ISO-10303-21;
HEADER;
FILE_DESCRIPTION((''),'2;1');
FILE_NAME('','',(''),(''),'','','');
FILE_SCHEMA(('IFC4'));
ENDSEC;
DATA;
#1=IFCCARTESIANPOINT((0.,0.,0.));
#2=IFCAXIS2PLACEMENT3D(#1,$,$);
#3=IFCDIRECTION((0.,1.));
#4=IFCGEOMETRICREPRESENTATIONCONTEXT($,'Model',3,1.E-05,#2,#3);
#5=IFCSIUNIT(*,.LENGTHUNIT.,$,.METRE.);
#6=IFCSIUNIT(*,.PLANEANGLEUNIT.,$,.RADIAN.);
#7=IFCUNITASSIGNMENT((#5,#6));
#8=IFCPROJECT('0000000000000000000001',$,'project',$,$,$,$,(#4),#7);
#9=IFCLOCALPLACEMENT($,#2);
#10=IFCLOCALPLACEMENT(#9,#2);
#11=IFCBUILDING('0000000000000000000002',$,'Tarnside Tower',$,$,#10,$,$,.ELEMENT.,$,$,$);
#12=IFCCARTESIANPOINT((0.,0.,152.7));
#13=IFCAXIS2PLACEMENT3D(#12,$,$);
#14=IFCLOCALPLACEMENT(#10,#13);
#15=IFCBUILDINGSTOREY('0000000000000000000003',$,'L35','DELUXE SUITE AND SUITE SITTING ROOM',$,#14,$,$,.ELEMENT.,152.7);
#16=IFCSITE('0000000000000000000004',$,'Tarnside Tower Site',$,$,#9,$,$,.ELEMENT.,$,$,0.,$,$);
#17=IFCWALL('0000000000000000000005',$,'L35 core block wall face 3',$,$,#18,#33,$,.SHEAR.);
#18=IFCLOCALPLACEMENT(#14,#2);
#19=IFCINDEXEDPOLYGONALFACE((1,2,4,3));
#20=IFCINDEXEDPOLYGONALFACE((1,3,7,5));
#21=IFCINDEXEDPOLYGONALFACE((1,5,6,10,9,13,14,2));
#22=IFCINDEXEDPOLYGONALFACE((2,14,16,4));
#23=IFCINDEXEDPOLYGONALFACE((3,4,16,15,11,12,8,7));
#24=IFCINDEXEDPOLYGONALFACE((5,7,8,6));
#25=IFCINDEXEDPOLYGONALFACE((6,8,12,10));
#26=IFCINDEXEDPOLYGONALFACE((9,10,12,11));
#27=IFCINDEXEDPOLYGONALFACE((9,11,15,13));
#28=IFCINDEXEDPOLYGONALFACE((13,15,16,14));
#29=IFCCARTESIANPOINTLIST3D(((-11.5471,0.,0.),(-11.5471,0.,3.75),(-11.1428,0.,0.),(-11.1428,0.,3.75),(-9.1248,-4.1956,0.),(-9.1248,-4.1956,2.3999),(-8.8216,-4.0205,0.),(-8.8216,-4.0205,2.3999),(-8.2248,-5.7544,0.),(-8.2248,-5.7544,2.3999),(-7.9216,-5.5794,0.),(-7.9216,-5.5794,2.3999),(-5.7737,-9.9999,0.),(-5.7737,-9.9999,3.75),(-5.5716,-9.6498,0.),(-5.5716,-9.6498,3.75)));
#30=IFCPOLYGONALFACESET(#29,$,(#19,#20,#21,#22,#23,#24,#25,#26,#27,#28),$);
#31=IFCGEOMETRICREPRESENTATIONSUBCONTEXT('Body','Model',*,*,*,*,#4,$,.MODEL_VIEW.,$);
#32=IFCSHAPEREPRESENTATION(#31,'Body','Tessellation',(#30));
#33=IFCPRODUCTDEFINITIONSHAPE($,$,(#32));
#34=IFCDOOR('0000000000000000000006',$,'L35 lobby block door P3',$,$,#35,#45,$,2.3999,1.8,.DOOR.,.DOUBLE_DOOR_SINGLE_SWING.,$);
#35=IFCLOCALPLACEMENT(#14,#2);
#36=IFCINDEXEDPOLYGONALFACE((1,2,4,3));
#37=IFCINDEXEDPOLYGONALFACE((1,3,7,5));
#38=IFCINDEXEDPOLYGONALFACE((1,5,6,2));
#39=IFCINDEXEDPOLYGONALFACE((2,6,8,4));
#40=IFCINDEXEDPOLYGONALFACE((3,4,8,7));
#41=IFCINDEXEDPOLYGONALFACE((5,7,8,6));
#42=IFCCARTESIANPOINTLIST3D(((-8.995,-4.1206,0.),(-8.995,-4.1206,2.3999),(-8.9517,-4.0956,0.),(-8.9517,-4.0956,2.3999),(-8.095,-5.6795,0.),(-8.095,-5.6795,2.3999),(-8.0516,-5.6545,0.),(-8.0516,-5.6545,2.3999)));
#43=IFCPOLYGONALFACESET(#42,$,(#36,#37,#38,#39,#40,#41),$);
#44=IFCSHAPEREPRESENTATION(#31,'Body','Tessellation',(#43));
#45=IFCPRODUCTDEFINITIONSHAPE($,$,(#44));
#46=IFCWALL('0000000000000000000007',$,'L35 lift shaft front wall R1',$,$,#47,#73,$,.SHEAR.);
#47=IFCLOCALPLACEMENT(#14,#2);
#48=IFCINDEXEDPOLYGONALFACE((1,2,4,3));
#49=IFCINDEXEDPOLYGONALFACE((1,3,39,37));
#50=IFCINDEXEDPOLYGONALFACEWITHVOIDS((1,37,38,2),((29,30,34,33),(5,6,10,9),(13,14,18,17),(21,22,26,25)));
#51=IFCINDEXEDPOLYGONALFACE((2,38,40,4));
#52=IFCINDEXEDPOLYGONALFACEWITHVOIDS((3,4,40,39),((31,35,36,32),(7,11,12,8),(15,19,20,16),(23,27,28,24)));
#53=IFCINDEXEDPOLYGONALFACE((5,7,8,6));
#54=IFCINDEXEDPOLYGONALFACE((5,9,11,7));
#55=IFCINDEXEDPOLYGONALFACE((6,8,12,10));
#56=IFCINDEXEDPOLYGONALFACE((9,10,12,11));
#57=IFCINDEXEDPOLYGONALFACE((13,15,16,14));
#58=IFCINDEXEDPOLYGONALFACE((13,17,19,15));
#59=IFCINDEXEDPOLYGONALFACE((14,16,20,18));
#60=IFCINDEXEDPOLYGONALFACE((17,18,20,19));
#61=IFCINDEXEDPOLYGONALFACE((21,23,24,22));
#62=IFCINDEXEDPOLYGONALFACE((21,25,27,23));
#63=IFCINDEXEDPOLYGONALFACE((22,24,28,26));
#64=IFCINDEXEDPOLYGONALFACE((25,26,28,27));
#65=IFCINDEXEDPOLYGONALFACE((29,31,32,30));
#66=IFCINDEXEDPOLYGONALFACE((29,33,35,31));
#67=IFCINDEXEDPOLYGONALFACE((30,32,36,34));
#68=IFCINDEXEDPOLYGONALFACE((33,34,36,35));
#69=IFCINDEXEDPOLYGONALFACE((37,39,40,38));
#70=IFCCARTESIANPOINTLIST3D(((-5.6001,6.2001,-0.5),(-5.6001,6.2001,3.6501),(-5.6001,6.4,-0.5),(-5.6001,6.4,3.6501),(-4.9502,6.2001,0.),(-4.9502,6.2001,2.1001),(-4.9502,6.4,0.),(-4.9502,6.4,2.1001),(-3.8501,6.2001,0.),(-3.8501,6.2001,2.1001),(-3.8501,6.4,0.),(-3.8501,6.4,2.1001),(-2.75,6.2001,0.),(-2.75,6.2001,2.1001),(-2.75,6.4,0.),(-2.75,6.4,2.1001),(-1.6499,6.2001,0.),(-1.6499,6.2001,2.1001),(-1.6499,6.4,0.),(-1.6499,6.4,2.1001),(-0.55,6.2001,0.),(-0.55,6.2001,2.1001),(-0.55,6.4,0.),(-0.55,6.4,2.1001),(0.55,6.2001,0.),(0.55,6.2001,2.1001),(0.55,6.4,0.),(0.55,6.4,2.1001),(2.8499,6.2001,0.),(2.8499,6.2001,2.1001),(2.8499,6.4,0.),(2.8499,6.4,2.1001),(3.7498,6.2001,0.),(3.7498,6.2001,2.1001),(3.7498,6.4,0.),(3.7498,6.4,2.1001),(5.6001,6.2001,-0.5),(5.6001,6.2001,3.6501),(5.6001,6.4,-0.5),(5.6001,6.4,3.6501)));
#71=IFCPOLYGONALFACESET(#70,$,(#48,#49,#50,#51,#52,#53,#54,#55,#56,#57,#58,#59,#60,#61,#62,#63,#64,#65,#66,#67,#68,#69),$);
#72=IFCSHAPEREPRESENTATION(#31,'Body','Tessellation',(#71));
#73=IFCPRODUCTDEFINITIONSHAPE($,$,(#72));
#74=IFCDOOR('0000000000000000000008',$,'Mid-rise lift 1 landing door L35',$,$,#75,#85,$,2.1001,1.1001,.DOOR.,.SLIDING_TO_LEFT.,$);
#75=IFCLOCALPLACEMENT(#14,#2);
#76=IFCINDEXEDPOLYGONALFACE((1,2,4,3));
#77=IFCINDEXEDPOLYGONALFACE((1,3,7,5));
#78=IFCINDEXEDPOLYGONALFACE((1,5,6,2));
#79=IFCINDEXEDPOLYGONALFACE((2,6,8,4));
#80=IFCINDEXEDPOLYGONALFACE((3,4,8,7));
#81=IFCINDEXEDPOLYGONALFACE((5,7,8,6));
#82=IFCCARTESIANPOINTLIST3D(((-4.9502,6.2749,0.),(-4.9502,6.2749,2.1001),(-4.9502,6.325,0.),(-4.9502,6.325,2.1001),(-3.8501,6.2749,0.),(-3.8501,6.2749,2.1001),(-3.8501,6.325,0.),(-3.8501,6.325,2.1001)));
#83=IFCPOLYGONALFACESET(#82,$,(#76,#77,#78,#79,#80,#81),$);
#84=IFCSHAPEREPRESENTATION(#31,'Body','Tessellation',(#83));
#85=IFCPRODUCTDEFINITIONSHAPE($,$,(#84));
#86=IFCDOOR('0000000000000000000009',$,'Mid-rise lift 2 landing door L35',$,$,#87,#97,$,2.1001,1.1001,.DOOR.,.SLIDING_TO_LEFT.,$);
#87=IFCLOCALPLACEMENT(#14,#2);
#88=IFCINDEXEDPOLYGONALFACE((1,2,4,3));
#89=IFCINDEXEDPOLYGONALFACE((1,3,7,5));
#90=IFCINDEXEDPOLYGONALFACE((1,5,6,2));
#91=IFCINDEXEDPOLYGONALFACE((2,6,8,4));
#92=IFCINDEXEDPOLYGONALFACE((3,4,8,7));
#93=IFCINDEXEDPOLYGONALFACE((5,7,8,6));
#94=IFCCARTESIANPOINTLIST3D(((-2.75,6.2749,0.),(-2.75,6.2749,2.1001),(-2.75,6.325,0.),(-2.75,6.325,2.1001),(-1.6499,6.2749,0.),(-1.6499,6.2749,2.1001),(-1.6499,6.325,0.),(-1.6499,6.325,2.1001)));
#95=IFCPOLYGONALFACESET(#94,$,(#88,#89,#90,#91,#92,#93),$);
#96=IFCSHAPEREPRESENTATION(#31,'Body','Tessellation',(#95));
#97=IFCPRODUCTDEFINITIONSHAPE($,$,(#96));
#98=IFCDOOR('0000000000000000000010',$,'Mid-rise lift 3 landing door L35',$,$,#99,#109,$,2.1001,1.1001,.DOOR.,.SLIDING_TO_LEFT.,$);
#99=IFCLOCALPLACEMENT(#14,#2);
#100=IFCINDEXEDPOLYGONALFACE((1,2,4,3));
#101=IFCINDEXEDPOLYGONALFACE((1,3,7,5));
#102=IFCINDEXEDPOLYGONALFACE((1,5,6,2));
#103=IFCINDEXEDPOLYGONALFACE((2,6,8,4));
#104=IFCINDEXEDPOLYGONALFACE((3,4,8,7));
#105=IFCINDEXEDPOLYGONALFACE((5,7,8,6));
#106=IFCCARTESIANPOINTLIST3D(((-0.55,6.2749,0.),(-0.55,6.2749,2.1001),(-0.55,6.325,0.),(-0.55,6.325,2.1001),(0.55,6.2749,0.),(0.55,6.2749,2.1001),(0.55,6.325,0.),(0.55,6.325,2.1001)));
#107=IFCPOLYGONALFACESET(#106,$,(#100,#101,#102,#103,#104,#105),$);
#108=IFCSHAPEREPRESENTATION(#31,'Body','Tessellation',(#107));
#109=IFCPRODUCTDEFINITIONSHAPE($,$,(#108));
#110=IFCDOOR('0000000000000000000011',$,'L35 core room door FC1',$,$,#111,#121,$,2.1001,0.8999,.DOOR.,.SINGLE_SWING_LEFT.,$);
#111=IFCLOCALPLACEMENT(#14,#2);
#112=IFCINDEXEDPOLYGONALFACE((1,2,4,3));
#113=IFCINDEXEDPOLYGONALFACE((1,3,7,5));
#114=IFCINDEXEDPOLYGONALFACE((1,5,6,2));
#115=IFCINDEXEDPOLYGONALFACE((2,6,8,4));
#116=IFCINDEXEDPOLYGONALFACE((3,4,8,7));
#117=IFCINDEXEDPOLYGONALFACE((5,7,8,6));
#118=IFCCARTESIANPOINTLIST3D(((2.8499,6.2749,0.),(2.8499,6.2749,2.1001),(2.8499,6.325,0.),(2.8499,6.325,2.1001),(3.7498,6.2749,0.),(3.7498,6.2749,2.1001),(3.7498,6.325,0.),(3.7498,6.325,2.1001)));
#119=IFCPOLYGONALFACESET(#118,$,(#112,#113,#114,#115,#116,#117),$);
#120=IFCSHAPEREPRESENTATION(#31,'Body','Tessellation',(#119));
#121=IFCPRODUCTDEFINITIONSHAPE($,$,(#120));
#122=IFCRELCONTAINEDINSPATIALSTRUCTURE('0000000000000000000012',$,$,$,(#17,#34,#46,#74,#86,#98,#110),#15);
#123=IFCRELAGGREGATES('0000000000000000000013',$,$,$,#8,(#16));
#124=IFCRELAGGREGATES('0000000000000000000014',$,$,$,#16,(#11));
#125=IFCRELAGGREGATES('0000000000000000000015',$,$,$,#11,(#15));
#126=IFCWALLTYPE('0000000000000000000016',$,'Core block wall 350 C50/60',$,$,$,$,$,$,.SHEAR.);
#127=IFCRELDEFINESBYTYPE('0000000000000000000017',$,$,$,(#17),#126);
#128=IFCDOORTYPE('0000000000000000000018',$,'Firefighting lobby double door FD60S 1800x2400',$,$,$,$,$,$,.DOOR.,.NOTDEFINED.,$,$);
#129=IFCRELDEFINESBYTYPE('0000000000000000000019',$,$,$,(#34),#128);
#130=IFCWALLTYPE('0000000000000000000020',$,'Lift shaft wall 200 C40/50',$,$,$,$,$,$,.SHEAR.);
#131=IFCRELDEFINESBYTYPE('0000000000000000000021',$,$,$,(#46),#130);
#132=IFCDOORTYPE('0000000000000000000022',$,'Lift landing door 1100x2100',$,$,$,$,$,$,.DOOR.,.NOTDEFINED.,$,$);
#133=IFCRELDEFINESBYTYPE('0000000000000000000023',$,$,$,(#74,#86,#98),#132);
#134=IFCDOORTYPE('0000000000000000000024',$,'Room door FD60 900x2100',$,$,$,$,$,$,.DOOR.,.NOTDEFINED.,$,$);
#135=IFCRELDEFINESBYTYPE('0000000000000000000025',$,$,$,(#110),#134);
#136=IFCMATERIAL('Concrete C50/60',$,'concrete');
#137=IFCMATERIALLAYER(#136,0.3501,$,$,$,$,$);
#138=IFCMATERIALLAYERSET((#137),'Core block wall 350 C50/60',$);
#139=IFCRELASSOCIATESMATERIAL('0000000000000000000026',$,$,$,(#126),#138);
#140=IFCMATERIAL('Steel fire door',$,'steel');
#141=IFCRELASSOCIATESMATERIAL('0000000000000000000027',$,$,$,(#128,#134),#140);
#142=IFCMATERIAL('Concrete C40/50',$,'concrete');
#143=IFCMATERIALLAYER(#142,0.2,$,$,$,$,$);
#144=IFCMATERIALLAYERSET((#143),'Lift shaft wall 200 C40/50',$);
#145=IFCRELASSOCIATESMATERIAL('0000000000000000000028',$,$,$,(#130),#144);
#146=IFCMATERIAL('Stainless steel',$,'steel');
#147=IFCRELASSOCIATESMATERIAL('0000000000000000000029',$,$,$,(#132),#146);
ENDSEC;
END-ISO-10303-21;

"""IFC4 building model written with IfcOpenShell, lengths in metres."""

from ifc_helpers import new_model, si_unit, direction, frame, frame_2d, origin, place, context, subcontext, project, spatial, polyline, rectangle, outline, extrude, material, layer, layer_set, type_object, element, fill, save


model = new_model("IFC4")

# Units and contexts
model_context = context("Model", 3, precision=1e-05, world=origin(), true_north=direction((0.0, 1.0)))
body_context = subcontext(model_context, "Body", "Model", "MODEL_VIEW")
ifc_project = project(units=[si_unit("LENGTHUNIT", "METRE"), si_unit("PLANEANGLEUNIT", "RADIAN")], contexts=[model_context])

# Site, building, storey
site_placement = place(None, origin())
site = spatial("IfcSite", under=ifc_project, at=site_placement, Name="Tarnside Tower Site", CompositionType="ELEMENT", RefElevation=0.0)
building_placement = place(site_placement, origin())
building = spatial("IfcBuilding", under=site, at=building_placement, Name="Tarnside Tower", CompositionType="ELEMENT")
storey_placement = place(building_placement, frame((0.0, 0.0, 152.7)))
storey = spatial("IfcBuildingStorey", under=building, at=storey_placement, Name="L35", Description="DELUXE SUITE AND SUITE SITTING ROOM", CompositionType="ELEMENT", Elevation=152.7)

# Wall, opening, door
ifc_material_1 = material(Name="Concrete C50/60", Category="concrete")
ifc_layer_1 = layer(ifc_material_1, 0.3501)
ifc_layer_set_1 = layer_set([ifc_layer_1], Name="Core block wall 350 C50/60")
wall_type_1 = type_object("IfcWallType", Name="Core block wall 350 C50/60", PredefinedType="SHEAR", material=ifc_layer_set_1)
wall_1_placement = place(storey_placement, frame((-11.345, 0.0, 0.0), z_axis=(0.0, 0.0, 1.0), x_axis=(0.499995, -0.866028, 0.0)))
wall_1 = element("IfcWall", 1, at=wall_1_placement, inside=storey, type_object=wall_type_1, Name="L35 core block wall face 3", PredefinedType="SHEAR", context=body_context, shape_type="SweptSolid", body=[
    extrude(outline(polyline([(-0.1011, -0.175), (11.4458, -0.175), (11.2437, 0.175), (0.1011, 0.175), (-0.1011, -0.175)])), origin(), (0.0, 0.0, 1.0), 3.75),
])
opening_1_placement = place(wall_1_placement, frame((4.7437, 0.0, 0.0)))
opening_1 = element("IfcOpeningElement", 2, at=opening_1_placement, cuts=wall_1, PredefinedType="OPENING", context=body_context, shape_type="SweptSolid", body=[
    extrude(rectangle(XDim=1.8, YDim=2.3999, at=frame_2d((0.8999, 1.2))), frame((0.0, 0.1851, 0.0), z_axis=(0.0, -1.0, 0.0), x_axis=(1.0, 0.0, 0.0)), (0.0, 0.0, 1.0), 0.3701),
])
ifc_material_2 = material(Name="Steel fire door", Category="steel")
door_type_1 = type_object("IfcDoorType", Name="Firefighting lobby double door FD60S 1800x2400", OperationType="NOTDEFINED", PredefinedType="DOOR", material=ifc_material_2)
door_1_placement = place(opening_1_placement, origin())
door_1 = element("IfcDoor", 3, at=door_1_placement, inside=storey, type_object=door_type_1, Name="L35 lobby block door P3", OperationType="DOUBLE_DOOR_SINGLE_SWING", OverallHeight=2.3999, OverallWidth=1.8, PredefinedType="DOOR", context=body_context, shape_type="SweptSolid", body=[
    extrude(rectangle(XDim=1.8, YDim=2.3999, at=frame_2d((0.8999, 1.2))), frame((0.0, 0.0249, 0.0), z_axis=(0.0, -1.0, 0.0), x_axis=(1.0, 0.0, 0.0)), (0.0, 0.0, 1.0), 0.05),
])
fill(opening_1, door_1)

# Wall, openings, doors
ifc_material_3 = material(Name="Concrete C40/50", Category="concrete")
ifc_layer_2 = layer(ifc_material_3, 0.2)
ifc_layer_set_2 = layer_set([ifc_layer_2], Name="Lift shaft wall 200 C40/50")
wall_type_2 = type_object("IfcWallType", Name="Lift shaft wall 200 C40/50", PredefinedType="SHEAR", material=ifc_layer_set_2)
wall_2_placement = place(storey_placement, frame((-5.6001, 6.3, -0.5), z_axis=(0.0, 0.0, 1.0), x_axis=(1.0, 0.0, 0.0)))
wall_2 = element("IfcWall", 4, at=wall_2_placement, inside=storey, type_object=wall_type_2, Name="L35 lift shaft front wall R1", PredefinedType="SHEAR", context=body_context, shape_type="SweptSolid", body=[
    extrude(rectangle(XDim=11.2002, YDim=0.2, at=frame_2d((5.6001, 0.0))), origin(), (0.0, 0.0, 1.0), 4.1501),
])
opening_2_placement = place(wall_2_placement, frame((8.45, 0.0, 0.5)))
opening_2 = element("IfcOpeningElement", 5, at=opening_2_placement, cuts=wall_2, PredefinedType="OPENING", context=body_context, shape_type="SweptSolid", body=[
    extrude(rectangle(XDim=0.8999, YDim=2.1001, at=frame_2d((0.45, 1.05))), frame((0.0, 0.1099, 0.0), z_axis=(0.0, -1.0, 0.0), x_axis=(1.0, 0.0, 0.0)), (0.0, 0.0, 1.0), 0.22),
])
opening_3_placement = place(wall_2_placement, frame((0.6499, 0.0, 0.5)))
opening_3 = element("IfcOpeningElement", 6, at=opening_3_placement, cuts=wall_2, PredefinedType="OPENING", context=body_context, shape_type="SweptSolid", body=[
    extrude(rectangle(XDim=1.1001, YDim=2.1001, at=frame_2d((0.55, 1.05))), frame((0.0, 0.1099, 0.0), z_axis=(0.0, -1.0, 0.0), x_axis=(1.0, 0.0, 0.0)), (0.0, 0.0, 1.0), 0.22),
])
opening_4_placement = place(wall_2_placement, frame((2.8501, 0.0, 0.5)))
opening_4 = element("IfcOpeningElement", 7, at=opening_4_placement, cuts=wall_2, PredefinedType="OPENING", context=body_context, shape_type="SweptSolid", body=[
    extrude(rectangle(XDim=1.1001, YDim=2.1001, at=frame_2d((0.55, 1.05))), frame((0.0, 0.1099, 0.0), z_axis=(0.0, -1.0, 0.0), x_axis=(1.0, 0.0, 0.0)), (0.0, 0.0, 1.0), 0.22),
])
opening_5_placement = place(wall_2_placement, frame((5.05, 0.0, 0.5)))
opening_5 = element("IfcOpeningElement", 8, at=opening_5_placement, cuts=wall_2, PredefinedType="OPENING", context=body_context, shape_type="SweptSolid", body=[
    extrude(rectangle(XDim=1.1001, YDim=2.1001, at=frame_2d((0.55, 1.05))), frame((0.0, 0.1099, 0.0), z_axis=(0.0, -1.0, 0.0), x_axis=(1.0, 0.0, 0.0)), (0.0, 0.0, 1.0), 0.22),
])
ifc_material_4 = material(Name="Stainless steel", Category="steel")
door_type_2 = type_object("IfcDoorType", Name="Lift landing door 1100x2100", OperationType="NOTDEFINED", PredefinedType="DOOR", material=ifc_material_4)
door_2_placement = place(opening_3_placement, origin())
door_2 = element("IfcDoor", 9, at=door_2_placement, inside=storey, type_object=door_type_2, Name="Mid-rise lift 1 landing door L35", OperationType="SLIDING_TO_LEFT", OverallHeight=2.1001, OverallWidth=1.1001, PredefinedType="DOOR", context=body_context, shape_type="SweptSolid", body=[
    extrude(rectangle(XDim=1.1001, YDim=2.1001, at=frame_2d((0.55, 1.05))), frame((0.0, 0.0249, 0.0), z_axis=(0.0, -1.0, 0.0), x_axis=(1.0, 0.0, 0.0)), (0.0, 0.0, 1.0), 0.05),
])
fill(opening_3, door_2)
door_3_placement = place(opening_4_placement, origin())
door_3 = element("IfcDoor", 10, at=door_3_placement, inside=storey, type_object=door_type_2, Name="Mid-rise lift 2 landing door L35", OperationType="SLIDING_TO_LEFT", OverallHeight=2.1001, OverallWidth=1.1001, PredefinedType="DOOR", context=body_context, shape_type="SweptSolid", body=[
    extrude(rectangle(XDim=1.1001, YDim=2.1001, at=frame_2d((0.55, 1.05))), frame((0.0, 0.0249, 0.0), z_axis=(0.0, -1.0, 0.0), x_axis=(1.0, 0.0, 0.0)), (0.0, 0.0, 1.0), 0.05),
])
fill(opening_4, door_3)
door_4_placement = place(opening_5_placement, origin())
door_4 = element("IfcDoor", 11, at=door_4_placement, inside=storey, type_object=door_type_2, Name="Mid-rise lift 3 landing door L35", OperationType="SLIDING_TO_LEFT", OverallHeight=2.1001, OverallWidth=1.1001, PredefinedType="DOOR", context=body_context, shape_type="SweptSolid", body=[
    extrude(rectangle(XDim=1.1001, YDim=2.1001, at=frame_2d((0.55, 1.05))), frame((0.0, 0.0249, 0.0), z_axis=(0.0, -1.0, 0.0), x_axis=(1.0, 0.0, 0.0)), (0.0, 0.0, 1.0), 0.05),
])
fill(opening_5, door_4)
door_type_3 = type_object("IfcDoorType", Name="Room door FD60 900x2100", OperationType="NOTDEFINED", PredefinedType="DOOR", material=ifc_material_2)
door_5_placement = place(opening_2_placement, origin())
door_5 = element("IfcDoor", 12, at=door_5_placement, inside=storey, type_object=door_type_3, Name="L35 core room door FC1", OperationType="SINGLE_SWING_LEFT", OverallHeight=2.1001, OverallWidth=0.8999, PredefinedType="DOOR", context=body_context, shape_type="SweptSolid", body=[
    extrude(rectangle(XDim=0.8999, YDim=2.1001, at=frame_2d((0.45, 1.05))), frame((0.0, 0.0249, 0.0), z_axis=(0.0, -1.0, 0.0), x_axis=(1.0, 0.0, 0.0)), (0.0, 0.0, 1.0), 0.05),
])
fill(opening_2, door_5)

save(model, "model.ifc")
